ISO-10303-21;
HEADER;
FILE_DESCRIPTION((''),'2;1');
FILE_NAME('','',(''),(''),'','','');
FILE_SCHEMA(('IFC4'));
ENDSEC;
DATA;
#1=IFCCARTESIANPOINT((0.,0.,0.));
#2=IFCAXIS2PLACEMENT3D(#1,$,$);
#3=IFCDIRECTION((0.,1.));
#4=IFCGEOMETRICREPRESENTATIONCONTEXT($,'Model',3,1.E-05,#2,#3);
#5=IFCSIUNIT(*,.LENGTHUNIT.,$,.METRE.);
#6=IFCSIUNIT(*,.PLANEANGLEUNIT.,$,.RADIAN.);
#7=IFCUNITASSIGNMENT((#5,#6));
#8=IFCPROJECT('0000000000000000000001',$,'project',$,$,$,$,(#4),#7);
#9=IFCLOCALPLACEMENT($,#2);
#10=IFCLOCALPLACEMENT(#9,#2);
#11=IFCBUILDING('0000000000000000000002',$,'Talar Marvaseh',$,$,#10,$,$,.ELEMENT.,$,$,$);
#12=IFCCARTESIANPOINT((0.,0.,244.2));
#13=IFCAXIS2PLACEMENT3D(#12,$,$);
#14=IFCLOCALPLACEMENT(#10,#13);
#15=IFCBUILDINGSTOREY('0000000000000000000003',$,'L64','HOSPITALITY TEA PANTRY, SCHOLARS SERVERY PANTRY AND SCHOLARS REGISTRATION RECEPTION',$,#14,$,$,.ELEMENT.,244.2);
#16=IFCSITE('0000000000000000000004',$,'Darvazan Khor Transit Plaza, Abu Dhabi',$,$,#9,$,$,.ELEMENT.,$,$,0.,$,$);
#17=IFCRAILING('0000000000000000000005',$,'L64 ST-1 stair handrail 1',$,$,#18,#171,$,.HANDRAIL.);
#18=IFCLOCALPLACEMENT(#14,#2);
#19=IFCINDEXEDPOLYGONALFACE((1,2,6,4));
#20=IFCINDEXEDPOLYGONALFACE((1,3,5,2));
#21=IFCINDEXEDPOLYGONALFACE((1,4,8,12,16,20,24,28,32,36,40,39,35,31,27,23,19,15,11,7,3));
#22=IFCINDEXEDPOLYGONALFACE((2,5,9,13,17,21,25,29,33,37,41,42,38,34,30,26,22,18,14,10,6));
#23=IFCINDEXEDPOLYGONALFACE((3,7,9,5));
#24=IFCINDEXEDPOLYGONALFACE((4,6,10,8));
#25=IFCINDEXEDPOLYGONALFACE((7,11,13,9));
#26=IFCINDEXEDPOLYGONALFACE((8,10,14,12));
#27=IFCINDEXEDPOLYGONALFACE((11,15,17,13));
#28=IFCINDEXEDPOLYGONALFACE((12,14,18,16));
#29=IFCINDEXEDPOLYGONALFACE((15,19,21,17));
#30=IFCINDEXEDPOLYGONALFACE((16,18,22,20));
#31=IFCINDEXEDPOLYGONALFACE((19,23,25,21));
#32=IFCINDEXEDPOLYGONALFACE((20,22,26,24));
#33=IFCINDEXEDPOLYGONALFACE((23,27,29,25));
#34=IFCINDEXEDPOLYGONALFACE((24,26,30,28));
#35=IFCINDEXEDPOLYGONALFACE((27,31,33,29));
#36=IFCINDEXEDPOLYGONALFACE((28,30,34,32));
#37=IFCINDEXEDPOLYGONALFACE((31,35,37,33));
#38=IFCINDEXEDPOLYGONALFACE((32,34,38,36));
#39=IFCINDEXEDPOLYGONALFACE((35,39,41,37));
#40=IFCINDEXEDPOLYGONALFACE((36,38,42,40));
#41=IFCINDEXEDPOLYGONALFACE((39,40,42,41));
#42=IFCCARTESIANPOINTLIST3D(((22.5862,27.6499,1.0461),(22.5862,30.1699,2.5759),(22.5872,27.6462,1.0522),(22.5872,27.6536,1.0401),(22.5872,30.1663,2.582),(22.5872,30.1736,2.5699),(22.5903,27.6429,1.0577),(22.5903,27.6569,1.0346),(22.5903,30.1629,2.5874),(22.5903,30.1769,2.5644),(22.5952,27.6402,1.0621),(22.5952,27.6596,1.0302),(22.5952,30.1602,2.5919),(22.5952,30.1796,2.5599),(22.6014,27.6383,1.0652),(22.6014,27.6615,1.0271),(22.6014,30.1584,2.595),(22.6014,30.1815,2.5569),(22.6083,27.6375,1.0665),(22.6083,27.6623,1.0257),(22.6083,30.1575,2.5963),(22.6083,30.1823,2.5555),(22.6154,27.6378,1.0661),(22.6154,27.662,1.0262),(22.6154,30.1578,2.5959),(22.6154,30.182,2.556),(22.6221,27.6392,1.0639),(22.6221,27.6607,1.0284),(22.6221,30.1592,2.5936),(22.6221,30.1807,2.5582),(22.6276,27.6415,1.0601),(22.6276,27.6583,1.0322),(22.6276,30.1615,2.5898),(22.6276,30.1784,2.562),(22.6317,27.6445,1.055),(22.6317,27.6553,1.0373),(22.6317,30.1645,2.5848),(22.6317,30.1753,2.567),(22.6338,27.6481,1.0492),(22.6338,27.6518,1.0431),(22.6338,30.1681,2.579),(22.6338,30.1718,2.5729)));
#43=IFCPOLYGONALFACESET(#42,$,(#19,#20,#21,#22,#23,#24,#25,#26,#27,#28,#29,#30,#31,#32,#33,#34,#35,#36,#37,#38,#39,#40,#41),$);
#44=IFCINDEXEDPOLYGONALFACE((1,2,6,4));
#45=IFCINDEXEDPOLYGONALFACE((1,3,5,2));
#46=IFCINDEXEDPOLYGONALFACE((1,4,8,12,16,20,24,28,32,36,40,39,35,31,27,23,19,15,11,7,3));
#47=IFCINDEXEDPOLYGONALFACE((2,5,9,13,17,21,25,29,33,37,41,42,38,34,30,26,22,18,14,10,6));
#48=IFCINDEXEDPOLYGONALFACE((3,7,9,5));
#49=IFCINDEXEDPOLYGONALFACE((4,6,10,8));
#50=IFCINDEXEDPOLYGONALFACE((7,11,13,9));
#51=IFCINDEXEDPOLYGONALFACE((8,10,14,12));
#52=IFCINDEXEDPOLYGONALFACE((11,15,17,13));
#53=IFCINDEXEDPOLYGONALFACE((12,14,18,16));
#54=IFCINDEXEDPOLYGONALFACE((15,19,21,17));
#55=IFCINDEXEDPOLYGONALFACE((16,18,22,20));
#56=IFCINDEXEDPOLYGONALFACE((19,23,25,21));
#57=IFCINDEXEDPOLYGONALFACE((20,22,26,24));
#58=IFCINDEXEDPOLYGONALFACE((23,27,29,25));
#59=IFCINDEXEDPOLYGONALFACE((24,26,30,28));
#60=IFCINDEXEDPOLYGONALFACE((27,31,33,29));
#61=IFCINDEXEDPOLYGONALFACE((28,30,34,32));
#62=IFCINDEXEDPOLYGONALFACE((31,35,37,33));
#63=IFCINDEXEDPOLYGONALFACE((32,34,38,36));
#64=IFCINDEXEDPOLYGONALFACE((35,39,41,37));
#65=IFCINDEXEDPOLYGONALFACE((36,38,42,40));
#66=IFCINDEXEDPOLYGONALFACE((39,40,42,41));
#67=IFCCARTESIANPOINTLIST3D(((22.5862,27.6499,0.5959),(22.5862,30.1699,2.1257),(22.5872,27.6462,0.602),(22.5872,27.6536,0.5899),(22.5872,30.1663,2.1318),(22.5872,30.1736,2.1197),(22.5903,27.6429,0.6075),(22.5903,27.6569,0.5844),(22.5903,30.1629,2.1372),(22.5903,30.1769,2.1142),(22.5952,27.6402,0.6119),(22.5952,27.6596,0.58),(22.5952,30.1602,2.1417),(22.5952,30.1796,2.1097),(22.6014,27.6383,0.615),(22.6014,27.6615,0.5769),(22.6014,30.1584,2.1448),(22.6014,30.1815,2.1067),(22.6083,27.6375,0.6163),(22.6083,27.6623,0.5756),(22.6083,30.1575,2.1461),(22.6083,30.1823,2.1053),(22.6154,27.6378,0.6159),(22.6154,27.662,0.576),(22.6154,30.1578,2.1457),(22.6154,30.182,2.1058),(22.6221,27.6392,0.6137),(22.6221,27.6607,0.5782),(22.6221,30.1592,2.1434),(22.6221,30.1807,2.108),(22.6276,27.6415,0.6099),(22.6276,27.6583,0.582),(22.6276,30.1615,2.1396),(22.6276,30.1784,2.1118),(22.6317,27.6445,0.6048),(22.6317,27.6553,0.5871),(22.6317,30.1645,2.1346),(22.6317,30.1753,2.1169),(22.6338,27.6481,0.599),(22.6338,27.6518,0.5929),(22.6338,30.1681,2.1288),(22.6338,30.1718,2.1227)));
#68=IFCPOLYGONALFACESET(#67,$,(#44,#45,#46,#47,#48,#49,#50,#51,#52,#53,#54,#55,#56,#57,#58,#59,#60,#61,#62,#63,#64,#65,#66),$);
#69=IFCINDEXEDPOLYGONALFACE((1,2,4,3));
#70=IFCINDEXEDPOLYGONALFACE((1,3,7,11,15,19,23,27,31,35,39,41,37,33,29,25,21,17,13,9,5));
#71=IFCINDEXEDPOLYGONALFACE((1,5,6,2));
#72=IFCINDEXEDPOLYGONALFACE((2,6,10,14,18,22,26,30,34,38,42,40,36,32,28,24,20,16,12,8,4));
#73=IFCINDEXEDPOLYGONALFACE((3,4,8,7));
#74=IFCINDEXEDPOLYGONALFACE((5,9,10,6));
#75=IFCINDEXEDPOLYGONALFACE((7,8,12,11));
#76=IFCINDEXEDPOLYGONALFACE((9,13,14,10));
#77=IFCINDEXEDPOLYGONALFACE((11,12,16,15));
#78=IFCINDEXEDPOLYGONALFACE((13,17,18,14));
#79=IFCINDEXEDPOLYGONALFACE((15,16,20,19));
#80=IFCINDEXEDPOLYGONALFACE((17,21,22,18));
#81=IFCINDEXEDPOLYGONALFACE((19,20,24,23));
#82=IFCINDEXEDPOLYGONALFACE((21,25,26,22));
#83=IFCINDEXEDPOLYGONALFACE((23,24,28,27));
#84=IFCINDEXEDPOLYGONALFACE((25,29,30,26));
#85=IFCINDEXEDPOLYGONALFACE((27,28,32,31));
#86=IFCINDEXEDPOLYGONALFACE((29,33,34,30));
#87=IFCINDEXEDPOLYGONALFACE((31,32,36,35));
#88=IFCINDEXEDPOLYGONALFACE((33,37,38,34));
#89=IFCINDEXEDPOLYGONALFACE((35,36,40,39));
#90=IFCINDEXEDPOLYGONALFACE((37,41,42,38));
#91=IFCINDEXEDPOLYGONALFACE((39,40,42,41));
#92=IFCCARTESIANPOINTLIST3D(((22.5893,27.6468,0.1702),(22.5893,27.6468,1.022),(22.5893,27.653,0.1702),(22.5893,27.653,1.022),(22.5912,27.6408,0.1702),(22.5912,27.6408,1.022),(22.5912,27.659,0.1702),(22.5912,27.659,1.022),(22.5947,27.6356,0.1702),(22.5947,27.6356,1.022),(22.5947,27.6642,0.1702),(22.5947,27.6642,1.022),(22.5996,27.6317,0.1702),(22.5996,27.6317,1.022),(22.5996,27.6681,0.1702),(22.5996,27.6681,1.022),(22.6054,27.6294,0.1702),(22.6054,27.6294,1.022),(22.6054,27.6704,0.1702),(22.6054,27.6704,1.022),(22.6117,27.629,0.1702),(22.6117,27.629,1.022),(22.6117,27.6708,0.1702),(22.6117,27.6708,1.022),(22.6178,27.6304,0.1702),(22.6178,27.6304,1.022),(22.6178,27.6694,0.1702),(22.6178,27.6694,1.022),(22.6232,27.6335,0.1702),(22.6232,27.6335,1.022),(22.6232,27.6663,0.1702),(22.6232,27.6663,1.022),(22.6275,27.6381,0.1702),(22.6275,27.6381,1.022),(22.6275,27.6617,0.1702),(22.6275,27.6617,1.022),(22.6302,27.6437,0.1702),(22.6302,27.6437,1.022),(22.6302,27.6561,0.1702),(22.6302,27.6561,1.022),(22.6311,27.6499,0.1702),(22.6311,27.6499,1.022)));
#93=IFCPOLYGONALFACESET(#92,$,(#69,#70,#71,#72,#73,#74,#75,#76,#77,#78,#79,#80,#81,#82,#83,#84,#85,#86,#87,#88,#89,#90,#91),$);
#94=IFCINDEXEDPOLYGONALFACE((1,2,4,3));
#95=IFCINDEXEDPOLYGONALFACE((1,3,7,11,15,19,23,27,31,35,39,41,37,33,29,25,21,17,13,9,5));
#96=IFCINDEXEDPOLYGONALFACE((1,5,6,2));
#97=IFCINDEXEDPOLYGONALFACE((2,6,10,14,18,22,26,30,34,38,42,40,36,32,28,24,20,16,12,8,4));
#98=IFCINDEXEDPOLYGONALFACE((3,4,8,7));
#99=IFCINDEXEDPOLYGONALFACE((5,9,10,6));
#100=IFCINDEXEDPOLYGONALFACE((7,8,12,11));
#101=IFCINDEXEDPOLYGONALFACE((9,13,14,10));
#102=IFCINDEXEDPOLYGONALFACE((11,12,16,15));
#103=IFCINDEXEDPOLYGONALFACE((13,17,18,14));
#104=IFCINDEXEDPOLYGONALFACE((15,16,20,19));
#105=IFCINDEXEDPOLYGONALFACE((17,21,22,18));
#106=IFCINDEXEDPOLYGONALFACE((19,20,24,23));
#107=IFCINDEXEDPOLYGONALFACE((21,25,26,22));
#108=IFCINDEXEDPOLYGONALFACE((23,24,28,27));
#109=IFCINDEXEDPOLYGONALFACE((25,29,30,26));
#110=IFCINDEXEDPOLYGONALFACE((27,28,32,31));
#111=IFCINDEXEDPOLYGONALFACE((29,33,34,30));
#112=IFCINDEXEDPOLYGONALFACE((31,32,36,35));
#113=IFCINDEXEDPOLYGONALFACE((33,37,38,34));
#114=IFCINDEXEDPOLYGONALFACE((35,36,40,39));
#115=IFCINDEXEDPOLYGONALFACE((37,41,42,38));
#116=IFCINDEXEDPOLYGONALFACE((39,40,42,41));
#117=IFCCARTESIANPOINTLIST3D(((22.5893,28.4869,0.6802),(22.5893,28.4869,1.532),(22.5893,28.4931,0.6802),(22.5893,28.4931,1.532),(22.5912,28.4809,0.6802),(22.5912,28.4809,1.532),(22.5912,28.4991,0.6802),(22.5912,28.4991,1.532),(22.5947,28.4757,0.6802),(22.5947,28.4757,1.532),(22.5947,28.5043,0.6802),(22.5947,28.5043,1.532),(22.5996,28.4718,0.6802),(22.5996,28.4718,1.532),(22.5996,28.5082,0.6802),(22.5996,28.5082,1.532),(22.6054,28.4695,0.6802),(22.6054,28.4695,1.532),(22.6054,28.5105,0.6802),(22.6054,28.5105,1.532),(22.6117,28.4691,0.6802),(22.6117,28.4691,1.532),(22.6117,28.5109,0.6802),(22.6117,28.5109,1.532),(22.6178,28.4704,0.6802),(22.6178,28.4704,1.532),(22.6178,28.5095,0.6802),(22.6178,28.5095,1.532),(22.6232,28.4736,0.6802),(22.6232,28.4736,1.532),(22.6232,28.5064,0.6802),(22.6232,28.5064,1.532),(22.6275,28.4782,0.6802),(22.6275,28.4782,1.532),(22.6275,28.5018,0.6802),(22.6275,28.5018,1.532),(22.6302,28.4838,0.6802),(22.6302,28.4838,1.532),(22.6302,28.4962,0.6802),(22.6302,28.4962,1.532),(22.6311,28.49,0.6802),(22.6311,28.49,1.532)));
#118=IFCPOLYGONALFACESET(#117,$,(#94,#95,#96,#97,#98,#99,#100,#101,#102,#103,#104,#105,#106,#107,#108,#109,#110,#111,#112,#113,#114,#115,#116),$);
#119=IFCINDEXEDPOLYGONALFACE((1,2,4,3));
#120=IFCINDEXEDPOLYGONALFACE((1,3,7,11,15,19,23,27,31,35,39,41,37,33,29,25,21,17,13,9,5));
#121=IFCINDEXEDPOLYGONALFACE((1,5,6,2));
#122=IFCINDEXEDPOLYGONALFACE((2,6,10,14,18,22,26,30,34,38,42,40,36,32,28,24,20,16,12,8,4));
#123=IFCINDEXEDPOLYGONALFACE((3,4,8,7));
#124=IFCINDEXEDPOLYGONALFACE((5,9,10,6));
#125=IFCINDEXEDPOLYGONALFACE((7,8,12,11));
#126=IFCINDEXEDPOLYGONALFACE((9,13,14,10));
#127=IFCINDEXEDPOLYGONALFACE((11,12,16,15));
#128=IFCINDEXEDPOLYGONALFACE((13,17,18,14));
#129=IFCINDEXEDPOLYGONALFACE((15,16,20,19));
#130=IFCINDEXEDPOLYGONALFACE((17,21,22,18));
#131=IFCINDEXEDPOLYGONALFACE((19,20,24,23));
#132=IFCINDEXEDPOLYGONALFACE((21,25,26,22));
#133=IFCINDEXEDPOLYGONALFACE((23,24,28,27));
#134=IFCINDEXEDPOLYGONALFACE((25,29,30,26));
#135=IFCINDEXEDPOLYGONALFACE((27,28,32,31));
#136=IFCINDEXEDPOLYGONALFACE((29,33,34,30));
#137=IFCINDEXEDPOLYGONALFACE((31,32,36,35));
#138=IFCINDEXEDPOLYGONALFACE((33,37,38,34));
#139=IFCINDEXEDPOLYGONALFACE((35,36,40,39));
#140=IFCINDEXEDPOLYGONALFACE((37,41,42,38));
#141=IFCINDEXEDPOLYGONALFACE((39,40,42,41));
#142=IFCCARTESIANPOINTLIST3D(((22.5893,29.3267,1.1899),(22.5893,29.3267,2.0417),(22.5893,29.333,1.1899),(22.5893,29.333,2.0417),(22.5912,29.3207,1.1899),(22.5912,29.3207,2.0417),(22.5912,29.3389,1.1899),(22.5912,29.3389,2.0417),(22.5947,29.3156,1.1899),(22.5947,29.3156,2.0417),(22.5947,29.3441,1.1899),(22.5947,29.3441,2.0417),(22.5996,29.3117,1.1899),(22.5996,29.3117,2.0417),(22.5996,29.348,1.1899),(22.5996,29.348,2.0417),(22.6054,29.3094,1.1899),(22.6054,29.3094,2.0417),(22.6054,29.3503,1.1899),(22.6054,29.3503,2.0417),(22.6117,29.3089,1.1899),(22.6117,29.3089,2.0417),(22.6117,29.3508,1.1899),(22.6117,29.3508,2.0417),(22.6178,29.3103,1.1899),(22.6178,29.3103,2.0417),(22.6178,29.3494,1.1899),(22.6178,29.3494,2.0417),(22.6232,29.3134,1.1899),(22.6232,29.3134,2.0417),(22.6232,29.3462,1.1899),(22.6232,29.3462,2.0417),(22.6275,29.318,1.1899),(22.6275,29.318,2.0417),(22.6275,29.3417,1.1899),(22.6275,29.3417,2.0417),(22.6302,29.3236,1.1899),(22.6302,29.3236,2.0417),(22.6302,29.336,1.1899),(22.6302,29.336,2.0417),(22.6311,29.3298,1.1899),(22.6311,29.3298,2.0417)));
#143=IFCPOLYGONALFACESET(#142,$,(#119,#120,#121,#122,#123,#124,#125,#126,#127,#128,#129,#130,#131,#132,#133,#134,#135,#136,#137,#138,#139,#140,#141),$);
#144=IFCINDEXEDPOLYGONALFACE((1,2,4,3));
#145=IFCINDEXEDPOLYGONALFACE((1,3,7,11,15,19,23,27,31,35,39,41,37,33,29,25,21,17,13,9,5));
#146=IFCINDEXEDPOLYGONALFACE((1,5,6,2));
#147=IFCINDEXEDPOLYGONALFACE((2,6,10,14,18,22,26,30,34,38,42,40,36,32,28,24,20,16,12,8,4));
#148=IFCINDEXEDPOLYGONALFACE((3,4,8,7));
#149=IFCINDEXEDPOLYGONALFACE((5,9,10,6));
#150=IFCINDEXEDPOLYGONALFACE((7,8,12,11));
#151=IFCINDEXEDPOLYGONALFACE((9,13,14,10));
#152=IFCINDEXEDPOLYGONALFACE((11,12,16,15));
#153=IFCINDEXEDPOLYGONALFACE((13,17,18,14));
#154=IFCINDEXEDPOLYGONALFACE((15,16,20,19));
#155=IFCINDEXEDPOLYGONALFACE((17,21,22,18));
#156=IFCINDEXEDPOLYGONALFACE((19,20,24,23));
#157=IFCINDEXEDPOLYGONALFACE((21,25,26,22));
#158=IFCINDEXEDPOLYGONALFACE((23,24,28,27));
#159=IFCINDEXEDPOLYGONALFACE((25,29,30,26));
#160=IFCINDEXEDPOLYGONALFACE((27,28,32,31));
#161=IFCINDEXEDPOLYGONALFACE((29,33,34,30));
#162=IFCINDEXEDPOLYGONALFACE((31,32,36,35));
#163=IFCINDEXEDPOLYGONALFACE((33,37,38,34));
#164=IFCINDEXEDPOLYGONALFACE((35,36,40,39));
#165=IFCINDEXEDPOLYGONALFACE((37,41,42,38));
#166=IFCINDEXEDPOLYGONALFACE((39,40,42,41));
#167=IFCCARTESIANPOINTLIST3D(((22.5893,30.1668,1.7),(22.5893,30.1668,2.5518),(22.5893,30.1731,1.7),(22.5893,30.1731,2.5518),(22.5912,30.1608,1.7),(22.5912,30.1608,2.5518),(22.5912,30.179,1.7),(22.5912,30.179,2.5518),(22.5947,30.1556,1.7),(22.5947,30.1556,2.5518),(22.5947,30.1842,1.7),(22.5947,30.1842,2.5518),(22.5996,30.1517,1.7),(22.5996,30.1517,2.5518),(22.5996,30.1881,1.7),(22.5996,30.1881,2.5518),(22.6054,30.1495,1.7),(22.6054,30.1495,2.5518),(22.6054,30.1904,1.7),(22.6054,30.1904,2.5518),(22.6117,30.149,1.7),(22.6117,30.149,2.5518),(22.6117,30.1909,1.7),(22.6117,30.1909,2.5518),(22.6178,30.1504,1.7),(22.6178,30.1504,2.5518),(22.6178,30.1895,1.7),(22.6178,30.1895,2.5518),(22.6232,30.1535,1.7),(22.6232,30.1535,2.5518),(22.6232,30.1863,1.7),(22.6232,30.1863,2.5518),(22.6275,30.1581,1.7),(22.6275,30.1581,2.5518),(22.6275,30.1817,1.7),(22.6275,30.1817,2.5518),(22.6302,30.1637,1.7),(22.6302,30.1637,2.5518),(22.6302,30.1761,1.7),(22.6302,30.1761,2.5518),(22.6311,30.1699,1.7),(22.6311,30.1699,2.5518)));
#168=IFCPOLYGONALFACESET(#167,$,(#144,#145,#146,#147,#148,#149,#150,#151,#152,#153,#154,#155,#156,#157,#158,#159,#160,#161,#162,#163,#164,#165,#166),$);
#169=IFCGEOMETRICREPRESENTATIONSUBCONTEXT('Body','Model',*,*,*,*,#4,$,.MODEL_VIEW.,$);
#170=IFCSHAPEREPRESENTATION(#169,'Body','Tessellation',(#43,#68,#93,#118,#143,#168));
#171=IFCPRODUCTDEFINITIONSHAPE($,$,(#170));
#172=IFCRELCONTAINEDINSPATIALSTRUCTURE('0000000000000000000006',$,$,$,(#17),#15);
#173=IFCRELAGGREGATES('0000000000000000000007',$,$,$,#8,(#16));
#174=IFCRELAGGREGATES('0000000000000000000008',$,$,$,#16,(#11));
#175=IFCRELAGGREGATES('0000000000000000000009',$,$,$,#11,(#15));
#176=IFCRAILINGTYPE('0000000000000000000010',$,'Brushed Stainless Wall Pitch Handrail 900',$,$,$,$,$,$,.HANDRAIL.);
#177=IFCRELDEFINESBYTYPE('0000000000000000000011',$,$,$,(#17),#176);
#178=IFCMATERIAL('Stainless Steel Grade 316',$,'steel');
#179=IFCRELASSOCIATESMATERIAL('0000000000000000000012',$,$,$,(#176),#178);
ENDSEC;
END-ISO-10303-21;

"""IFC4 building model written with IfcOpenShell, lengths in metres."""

from ifc_helpers import new_model, si_unit, direction, frame, origin, origin_2d, place, context, subcontext, project, spatial, circle, extrude, material, type_object, element, save


model = new_model("IFC4")

# Units and contexts
model_context = context("Model", 3, precision=1e-05, world=origin(), true_north=direction((0.0, 1.0)))
body_context = subcontext(model_context, "Body", "Model", "MODEL_VIEW")
ifc_project = project(units=[si_unit("LENGTHUNIT", "METRE"), si_unit("PLANEANGLEUNIT", "RADIAN")], contexts=[model_context])

# Site, building, storey
site_placement = place(None, origin())
site = spatial("IfcSite", under=ifc_project, at=site_placement, Name="Darvazan Khor Transit Plaza, Abu Dhabi", CompositionType="ELEMENT", RefElevation=0.0)
building_placement = place(site_placement, origin())
building = spatial("IfcBuilding", under=site, at=building_placement, Name="Talar Marvaseh", CompositionType="ELEMENT")
storey_placement = place(building_placement, frame((0.0, 0.0, 244.2)))
storey = spatial("IfcBuildingStorey", under=building, at=storey_placement, Name="L64", Description="HOSPITALITY TEA PANTRY, SCHOLARS SERVERY PANTRY AND SCHOLARS REGISTRATION RECEPTION", CompositionType="ELEMENT", Elevation=244.2)

# Shared definitions
ifc_material_1 = material(Name="Stainless Steel Grade 316", Category="steel")

# Railing
railing_type_1 = type_object("IfcRailingType", Name="Brushed Stainless Wall Pitch Handrail 900", PredefinedType="HANDRAIL", material=ifc_material_1)
railing_1_placement = place(storey_placement, frame((22.6101, 27.6499, 0.1702)))
element("IfcRailing", 1, at=railing_1_placement, inside=storey, type_object=railing_type_1, Name="L64 ST-1 stair handrail 1", PredefinedType="HANDRAIL", context=body_context, shape_type="SweptSolid", body=[
    extrude(circle(Radius=0.0239, at=origin_2d()), frame((0.0, 0.0, 0.876), z_axis=(0.0, 0.854822, 0.518922), x_axis=(-1.0, 0.0, 0.0)), (0.0, 0.0, 1.0), 2.948),
    extrude(circle(Radius=0.0239, at=origin_2d()), frame((0.0, 0.0, 0.4258), z_axis=(0.0, 0.854822, 0.518922), x_axis=(-1.0, 0.0, 0.0)), (0.0, 0.0, 1.0), 2.948),
    extrude(circle(Radius=0.021, at=origin_2d()), origin(), (0.0, 0.0, 1.0), 0.8518),
    extrude(circle(Radius=0.021, at=origin_2d()), frame((0.0, 0.8401, 0.51)), (0.0, 0.0, 1.0), 0.8518),
    extrude(circle(Radius=0.021, at=origin_2d()), frame((0.0, 1.6799, 1.0198)), (0.0, 0.0, 1.0), 0.8518),
    extrude(circle(Radius=0.021, at=origin_2d()), frame((0.0, 2.52, 1.5298)), (0.0, 0.0, 1.0), 0.8518),
])

save(model, "model.ifc")
